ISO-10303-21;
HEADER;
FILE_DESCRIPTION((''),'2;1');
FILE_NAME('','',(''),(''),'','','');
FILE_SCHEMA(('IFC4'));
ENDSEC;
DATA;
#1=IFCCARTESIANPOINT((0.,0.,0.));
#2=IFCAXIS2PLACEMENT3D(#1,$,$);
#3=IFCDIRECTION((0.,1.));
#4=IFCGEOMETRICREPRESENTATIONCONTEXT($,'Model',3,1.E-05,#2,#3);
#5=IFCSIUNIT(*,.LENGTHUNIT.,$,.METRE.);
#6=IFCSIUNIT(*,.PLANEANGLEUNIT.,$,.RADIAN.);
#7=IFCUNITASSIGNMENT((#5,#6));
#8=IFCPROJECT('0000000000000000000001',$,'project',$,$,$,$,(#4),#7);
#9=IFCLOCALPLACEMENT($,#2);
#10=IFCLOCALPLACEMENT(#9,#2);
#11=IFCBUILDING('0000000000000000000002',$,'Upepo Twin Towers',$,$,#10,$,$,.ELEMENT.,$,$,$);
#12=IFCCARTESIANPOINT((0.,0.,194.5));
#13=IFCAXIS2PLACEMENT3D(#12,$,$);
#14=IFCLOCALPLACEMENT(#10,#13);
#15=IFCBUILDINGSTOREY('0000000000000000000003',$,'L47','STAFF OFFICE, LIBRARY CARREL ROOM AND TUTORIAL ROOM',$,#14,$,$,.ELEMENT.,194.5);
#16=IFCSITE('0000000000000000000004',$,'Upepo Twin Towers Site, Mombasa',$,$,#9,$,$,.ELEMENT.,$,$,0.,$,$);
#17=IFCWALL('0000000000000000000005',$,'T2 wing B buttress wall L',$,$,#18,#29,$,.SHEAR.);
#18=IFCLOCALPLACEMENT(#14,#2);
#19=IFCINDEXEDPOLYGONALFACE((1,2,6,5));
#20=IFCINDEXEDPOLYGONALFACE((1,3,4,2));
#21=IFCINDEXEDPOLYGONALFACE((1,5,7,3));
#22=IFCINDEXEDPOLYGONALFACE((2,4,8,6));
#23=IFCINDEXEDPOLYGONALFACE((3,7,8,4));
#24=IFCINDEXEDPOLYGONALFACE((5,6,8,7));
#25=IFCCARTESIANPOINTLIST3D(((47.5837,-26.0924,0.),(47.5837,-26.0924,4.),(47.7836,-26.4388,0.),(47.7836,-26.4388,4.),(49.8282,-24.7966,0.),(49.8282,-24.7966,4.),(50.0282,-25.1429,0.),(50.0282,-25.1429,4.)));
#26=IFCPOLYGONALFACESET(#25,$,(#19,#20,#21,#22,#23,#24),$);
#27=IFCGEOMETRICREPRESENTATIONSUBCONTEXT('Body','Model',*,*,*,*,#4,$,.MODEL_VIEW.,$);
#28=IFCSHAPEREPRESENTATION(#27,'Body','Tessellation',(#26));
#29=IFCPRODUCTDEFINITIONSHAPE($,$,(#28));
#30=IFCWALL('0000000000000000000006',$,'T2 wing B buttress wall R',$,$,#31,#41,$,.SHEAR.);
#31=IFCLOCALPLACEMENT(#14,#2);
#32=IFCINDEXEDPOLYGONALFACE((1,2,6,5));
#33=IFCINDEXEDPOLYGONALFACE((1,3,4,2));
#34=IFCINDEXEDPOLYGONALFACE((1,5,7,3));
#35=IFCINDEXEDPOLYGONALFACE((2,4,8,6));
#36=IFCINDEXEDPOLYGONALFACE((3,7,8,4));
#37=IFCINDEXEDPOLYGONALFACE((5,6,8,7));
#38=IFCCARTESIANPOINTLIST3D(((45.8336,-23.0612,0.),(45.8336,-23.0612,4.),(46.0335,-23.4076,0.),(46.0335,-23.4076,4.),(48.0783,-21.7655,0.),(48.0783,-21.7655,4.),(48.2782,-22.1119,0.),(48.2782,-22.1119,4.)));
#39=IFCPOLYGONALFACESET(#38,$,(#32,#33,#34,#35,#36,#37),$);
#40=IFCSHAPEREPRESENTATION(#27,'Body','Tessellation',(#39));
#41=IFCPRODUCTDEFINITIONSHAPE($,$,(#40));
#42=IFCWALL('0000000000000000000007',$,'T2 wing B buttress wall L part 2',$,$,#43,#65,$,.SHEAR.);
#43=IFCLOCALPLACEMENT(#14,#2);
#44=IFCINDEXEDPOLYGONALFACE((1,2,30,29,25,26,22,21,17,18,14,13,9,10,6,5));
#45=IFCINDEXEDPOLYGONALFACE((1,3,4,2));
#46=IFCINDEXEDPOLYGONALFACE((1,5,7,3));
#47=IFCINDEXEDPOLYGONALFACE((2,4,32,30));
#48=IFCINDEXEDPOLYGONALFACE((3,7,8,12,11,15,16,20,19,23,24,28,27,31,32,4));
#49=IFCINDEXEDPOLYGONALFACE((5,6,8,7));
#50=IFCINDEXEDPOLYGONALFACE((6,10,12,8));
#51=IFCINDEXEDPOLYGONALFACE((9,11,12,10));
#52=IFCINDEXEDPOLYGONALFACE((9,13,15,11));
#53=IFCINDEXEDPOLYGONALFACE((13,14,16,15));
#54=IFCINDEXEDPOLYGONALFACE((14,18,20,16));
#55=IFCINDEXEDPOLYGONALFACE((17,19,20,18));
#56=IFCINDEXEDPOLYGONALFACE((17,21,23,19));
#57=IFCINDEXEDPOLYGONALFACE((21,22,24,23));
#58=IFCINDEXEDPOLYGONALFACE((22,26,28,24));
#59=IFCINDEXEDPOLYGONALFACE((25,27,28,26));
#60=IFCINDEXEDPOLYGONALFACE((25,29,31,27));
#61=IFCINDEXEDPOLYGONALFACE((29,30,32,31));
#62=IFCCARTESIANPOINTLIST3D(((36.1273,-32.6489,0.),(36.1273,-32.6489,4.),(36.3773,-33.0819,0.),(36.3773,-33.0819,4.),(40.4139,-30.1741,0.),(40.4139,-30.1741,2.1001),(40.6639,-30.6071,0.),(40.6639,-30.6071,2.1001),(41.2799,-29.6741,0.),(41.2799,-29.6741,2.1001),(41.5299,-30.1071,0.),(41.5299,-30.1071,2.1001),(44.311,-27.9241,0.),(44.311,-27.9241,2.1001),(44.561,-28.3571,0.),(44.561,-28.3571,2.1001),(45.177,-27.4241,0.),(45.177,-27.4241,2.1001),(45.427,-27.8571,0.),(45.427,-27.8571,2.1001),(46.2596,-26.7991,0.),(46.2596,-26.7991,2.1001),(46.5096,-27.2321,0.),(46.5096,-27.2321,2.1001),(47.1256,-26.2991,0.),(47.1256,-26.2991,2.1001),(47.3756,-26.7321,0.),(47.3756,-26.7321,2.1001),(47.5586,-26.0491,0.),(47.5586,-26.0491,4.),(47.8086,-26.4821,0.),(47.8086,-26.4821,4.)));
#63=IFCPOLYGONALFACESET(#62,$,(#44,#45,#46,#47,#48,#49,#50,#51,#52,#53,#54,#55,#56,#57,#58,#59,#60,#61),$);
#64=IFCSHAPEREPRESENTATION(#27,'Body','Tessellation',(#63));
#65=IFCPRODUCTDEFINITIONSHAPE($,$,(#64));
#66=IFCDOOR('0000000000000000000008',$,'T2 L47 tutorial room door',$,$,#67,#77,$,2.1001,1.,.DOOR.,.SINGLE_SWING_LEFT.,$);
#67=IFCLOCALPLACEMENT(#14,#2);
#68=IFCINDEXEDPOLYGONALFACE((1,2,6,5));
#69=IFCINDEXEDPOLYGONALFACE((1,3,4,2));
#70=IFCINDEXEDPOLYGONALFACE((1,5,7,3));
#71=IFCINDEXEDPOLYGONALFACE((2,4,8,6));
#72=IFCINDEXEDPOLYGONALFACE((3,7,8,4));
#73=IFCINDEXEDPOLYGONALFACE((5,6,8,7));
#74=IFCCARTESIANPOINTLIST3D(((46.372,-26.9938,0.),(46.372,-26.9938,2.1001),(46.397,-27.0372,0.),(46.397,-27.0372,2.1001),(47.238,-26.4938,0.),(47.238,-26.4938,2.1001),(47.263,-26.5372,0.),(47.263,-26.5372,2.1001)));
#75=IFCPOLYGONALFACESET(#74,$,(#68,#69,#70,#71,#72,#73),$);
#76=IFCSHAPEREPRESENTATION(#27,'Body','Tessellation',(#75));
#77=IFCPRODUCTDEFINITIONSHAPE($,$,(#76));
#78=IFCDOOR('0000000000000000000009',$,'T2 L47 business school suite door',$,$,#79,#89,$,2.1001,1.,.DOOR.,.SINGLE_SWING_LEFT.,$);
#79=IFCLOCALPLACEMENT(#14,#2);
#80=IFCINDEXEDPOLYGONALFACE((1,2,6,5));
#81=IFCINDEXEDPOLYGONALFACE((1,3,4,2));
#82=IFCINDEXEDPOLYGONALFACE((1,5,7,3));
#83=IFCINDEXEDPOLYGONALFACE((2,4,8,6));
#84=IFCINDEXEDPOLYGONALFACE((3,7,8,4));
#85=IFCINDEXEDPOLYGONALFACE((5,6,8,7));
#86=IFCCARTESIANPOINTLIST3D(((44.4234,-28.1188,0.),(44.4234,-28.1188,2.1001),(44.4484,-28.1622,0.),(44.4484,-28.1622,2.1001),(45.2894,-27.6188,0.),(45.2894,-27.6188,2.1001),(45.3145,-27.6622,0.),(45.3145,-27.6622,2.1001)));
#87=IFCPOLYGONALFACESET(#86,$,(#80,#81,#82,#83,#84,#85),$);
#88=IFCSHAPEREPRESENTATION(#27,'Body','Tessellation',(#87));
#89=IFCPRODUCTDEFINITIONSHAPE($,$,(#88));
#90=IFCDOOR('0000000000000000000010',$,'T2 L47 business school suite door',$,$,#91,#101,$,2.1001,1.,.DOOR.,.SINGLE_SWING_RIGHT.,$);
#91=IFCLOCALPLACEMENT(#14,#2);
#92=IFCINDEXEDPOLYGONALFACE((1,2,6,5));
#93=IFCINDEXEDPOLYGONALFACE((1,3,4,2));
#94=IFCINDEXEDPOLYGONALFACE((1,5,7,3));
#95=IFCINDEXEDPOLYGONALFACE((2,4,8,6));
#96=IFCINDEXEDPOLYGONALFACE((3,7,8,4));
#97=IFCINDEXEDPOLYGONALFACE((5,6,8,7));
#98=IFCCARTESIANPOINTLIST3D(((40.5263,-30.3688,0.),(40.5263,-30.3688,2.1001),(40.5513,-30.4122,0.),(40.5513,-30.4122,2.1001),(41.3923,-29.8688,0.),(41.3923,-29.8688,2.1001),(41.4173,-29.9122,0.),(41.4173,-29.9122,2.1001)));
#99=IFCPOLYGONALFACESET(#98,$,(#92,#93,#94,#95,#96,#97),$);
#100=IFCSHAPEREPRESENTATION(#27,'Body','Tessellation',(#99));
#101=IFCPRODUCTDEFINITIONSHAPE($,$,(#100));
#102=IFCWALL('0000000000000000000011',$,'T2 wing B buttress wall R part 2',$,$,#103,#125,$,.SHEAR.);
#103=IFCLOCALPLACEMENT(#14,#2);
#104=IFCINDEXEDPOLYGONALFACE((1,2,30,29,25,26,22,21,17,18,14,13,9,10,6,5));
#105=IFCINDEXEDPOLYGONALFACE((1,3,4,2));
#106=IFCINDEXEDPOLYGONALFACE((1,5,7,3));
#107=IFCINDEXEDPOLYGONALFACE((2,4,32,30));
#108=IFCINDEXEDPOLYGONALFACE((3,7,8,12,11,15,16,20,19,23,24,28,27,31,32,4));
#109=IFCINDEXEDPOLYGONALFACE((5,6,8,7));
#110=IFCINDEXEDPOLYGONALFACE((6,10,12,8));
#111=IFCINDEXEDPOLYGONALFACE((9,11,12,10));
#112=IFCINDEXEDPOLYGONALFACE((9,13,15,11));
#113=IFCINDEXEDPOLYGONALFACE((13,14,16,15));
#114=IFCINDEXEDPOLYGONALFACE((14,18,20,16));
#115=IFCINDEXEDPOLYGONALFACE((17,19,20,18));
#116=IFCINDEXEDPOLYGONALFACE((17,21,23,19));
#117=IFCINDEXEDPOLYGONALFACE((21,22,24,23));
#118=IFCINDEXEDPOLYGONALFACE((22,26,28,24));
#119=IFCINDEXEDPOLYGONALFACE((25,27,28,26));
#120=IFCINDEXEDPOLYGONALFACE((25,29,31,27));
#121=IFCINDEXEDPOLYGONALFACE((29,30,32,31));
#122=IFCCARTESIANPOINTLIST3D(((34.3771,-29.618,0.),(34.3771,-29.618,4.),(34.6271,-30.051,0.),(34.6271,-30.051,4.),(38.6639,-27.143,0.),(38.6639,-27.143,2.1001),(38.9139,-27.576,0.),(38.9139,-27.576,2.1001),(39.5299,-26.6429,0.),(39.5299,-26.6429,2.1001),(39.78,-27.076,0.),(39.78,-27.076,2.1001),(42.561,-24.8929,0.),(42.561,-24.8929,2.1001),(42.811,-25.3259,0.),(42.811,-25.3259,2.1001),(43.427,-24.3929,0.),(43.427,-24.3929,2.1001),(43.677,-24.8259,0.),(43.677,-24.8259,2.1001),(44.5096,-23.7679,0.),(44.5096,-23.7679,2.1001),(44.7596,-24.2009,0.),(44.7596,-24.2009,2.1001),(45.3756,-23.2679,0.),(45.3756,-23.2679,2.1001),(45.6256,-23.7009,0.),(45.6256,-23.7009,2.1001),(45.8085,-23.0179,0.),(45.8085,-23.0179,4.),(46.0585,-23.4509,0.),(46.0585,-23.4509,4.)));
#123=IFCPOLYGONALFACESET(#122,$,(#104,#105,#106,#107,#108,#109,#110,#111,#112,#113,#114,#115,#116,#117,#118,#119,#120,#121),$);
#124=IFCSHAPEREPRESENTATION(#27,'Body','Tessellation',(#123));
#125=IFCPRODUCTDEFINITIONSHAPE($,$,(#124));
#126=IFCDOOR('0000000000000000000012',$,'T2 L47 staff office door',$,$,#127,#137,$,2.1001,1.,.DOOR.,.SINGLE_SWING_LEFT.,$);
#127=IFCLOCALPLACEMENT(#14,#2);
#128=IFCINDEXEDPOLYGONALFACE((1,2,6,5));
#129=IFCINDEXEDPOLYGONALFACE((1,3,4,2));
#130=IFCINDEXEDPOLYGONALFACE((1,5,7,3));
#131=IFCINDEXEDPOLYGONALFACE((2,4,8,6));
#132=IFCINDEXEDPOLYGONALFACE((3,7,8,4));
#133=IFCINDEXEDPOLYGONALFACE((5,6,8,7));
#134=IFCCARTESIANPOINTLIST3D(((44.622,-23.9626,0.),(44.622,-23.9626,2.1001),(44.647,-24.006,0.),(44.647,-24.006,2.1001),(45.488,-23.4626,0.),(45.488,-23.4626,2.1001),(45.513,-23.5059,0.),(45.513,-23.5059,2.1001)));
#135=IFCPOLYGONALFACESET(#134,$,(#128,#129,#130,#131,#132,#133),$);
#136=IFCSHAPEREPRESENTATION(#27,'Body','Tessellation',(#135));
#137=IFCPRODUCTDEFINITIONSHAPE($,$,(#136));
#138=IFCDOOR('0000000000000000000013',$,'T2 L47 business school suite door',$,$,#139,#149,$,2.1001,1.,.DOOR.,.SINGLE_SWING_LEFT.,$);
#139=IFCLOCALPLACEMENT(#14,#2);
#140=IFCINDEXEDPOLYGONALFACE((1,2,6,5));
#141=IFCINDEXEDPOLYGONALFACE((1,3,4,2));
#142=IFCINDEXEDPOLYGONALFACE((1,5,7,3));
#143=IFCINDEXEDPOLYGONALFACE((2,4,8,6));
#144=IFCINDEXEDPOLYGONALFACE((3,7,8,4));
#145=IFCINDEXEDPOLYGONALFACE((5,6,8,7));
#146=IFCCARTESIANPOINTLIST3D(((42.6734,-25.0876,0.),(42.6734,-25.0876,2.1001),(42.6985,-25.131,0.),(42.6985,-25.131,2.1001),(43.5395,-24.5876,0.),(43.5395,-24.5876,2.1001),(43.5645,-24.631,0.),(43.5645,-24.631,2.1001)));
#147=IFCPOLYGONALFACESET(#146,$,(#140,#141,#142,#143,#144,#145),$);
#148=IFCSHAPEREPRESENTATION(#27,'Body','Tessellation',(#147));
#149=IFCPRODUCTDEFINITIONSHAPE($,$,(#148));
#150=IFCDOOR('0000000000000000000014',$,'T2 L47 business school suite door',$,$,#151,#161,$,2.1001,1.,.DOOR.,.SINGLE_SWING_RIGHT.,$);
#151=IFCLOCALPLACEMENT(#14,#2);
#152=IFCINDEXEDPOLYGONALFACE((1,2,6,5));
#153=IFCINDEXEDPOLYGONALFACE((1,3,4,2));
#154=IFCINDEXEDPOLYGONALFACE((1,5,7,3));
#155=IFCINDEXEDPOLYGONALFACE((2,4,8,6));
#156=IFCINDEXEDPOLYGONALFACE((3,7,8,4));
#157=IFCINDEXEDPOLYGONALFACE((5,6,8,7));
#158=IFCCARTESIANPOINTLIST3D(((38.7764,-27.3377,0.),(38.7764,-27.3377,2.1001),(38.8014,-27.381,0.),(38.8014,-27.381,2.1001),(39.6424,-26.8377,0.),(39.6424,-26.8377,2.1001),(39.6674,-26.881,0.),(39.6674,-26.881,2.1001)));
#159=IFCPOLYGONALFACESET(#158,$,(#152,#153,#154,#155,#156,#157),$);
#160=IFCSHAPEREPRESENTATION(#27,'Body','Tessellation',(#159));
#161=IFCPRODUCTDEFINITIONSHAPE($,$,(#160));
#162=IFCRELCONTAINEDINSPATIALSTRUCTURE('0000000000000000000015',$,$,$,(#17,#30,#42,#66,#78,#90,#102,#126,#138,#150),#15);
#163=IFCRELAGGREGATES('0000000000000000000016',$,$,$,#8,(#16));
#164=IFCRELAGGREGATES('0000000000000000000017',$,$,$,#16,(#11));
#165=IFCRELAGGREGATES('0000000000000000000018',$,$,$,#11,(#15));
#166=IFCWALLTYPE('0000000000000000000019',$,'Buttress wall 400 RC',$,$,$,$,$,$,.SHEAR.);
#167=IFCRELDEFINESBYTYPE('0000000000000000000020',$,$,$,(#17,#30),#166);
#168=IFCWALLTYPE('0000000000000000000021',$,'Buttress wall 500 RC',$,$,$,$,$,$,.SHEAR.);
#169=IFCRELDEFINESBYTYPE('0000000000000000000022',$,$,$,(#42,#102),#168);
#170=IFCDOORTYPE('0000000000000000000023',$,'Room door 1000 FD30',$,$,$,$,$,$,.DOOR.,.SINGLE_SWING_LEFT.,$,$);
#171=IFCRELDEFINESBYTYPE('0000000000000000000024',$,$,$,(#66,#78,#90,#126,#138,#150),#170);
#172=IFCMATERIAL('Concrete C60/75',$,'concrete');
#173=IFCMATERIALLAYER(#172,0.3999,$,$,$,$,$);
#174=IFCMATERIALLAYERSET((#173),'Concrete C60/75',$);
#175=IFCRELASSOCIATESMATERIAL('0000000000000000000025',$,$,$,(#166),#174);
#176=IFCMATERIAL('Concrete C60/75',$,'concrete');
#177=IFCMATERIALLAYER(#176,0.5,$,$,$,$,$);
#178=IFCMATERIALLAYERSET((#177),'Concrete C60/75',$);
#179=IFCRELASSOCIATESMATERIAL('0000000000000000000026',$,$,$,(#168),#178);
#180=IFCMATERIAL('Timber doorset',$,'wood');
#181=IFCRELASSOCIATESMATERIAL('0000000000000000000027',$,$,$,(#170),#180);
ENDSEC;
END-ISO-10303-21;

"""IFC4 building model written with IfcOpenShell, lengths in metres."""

from ifc_helpers import new_model, si_unit, direction, frame, frame_2d, origin, place, context, subcontext, project, spatial, rectangle, extrude, material, layer, layer_set, type_object, element, fill, save


model = new_model("IFC4")

# Units and contexts
model_context = context("Model", 3, precision=1e-05, world=origin(), true_north=direction((0.0, 1.0)))
body_context = subcontext(model_context, "Body", "Model", "MODEL_VIEW")
ifc_project = project(units=[si_unit("LENGTHUNIT", "METRE"), si_unit("PLANEANGLEUNIT", "RADIAN")], contexts=[model_context])

# Site, building, storey
site_placement = place(None, origin())
site = spatial("IfcSite", under=ifc_project, at=site_placement, Name="Upepo Twin Towers Site, Mombasa", CompositionType="ELEMENT", RefElevation=0.0)
building_placement = place(site_placement, origin())
building = spatial("IfcBuilding", under=site, at=building_placement, Name="Upepo Twin Towers", CompositionType="ELEMENT")
storey_placement = place(building_placement, frame((0.0, 0.0, 194.5)))
storey = spatial("IfcBuildingStorey", under=building, at=storey_placement, Name="L47", Description="STAFF OFFICE, LIBRARY CARREL ROOM AND TUTORIAL ROOM", CompositionType="ELEMENT", Elevation=194.5)

# Walls
ifc_material_1 = material(Name="Concrete C60/75", Category="concrete")
ifc_layer_1 = layer(ifc_material_1, 0.3999)
ifc_layer_set_1 = layer_set([ifc_layer_1], Name="Concrete C60/75")
wall_type_1 = type_object("IfcWallType", Name="Buttress wall 400 RC", PredefinedType="SHEAR", material=ifc_layer_set_1)
for number, where, z_axis, x_axis, name in (
    (1, (49.9282, -24.9697, 0.0), (0.0, 0.0, 1.0), (-0.866032, -0.499989, 0.0), "T2 wing B buttress wall L"),
    (2, (48.1782, -21.9387, 0.0), (0.0, 0.0, 1.0), (-0.866073, -0.499918, 0.0), "T2 wing B buttress wall R"),
):
    element("IfcWall", number, at=place(storey_placement, frame(where, z_axis=z_axis, x_axis=x_axis)), inside=storey, type_object=wall_type_1, Name=name, PredefinedType="SHEAR", context=body_context, shape_type="SweptSolid", body=[
        extrude(rectangle(XDim=2.5918, YDim=0.3999, at=frame_2d((1.2959, 0.0))), origin(), (0.0, 0.0, 1.0), 4.0),
    ])

# Walls, openings, doors
ifc_material_2 = material(Name="Concrete C60/75", Category="concrete")
ifc_layer_2 = layer(ifc_material_2, 0.5)
ifc_layer_set_2 = layer_set([ifc_layer_2], Name="Concrete C60/75")
wall_type_2 = type_object("IfcWallType", Name="Buttress wall 500 RC", PredefinedType="SHEAR", material=ifc_layer_set_2)
wall_1_placement = place(storey_placement, frame((47.6836, -26.2656, 0.0), z_axis=(0.0, 0.0, 1.0), x_axis=(-0.866028, -0.499996, 0.0)))
wall_1 = element("IfcWall", 3, at=wall_1_placement, inside=storey, type_object=wall_type_2, Name="T2 wing B buttress wall L part 2", PredefinedType="SHEAR", context=body_context, shape_type="SweptSolid", body=[
    extrude(rectangle(XDim=13.1997, YDim=0.5, at=frame_2d((6.5999, 0.0))), origin(), (0.0, 0.0, 1.0), 4.0),
])
opening_1_placement = place(wall_1_placement, frame((0.5, 0.0, 0.0)))
opening_1 = element("IfcOpeningElement", 4, at=opening_1_placement, cuts=wall_1, PredefinedType="OPENING", context=body_context, shape_type="SweptSolid", body=[
    extrude(rectangle(XDim=1.0, YDim=2.1001, at=frame_2d((0.5, 1.05))), frame((0.0, 0.26, 0.0), z_axis=(0.0, -1.0, 0.0), x_axis=(1.0, 0.0, 0.0)), (0.0, 0.0, 1.0), 0.52),
])
opening_2_placement = place(wall_1_placement, frame((2.75, 0.0, 0.0)))
opening_2 = element("IfcOpeningElement", 5, at=opening_2_placement, cuts=wall_1, PredefinedType="OPENING", context=body_context, shape_type="SweptSolid", body=[
    extrude(rectangle(XDim=1.0, YDim=2.1001, at=frame_2d((0.5, 1.05))), frame((0.0, 0.26, 0.0), z_axis=(0.0, -1.0, 0.0), x_axis=(1.0, 0.0, 0.0)), (0.0, 0.0, 1.0), 0.52),
])
opening_3_placement = place(wall_1_placement, frame((7.25, 0.0, 0.0)))
opening_3 = element("IfcOpeningElement", 6, at=opening_3_placement, cuts=wall_1, PredefinedType="OPENING", context=body_context, shape_type="SweptSolid", body=[
    extrude(rectangle(XDim=1.0, YDim=2.1001, at=frame_2d((0.5, 1.05))), frame((0.0, 0.26, 0.0), z_axis=(0.0, -1.0, 0.0), x_axis=(1.0, 0.0, 0.0)), (0.0, 0.0, 1.0), 0.52),
])
ifc_material_3 = material(Name="Timber doorset", Category="wood")
door_type_1 = type_object("IfcDoorType", Name="Room door 1000 FD30", OperationType="SINGLE_SWING_LEFT", PredefinedType="DOOR", material=ifc_material_3)
door_1_placement = place(opening_1_placement, origin())
door_1 = element("IfcDoor", 7, at=door_1_placement, inside=storey, type_object=door_type_1, Name="T2 L47 tutorial room door", OperationType="SINGLE_SWING_LEFT", OverallHeight=2.1001, OverallWidth=1.0, PredefinedType="DOOR", context=body_context, shape_type="SweptSolid", body=[
    extrude(rectangle(XDim=1.0, YDim=2.1001, at=frame_2d((0.5, 1.05))), frame((0.0, 0.0249, 0.0), z_axis=(0.0, -1.0, 0.0), x_axis=(1.0, 0.0, 0.0)), (0.0, 0.0, 1.0), 0.05),
])
fill(opening_1, door_1)
door_2_placement = place(opening_2_placement, origin())
door_2 = element("IfcDoor", 8, at=door_2_placement, inside=storey, type_object=door_type_1, Name="T2 L47 business school suite door", OperationType="SINGLE_SWING_LEFT", OverallHeight=2.1001, OverallWidth=1.0, PredefinedType="DOOR", context=body_context, shape_type="SweptSolid", body=[
    extrude(rectangle(XDim=1.0, YDim=2.1001, at=frame_2d((0.5, 1.05))), frame((0.0, 0.0249, 0.0), z_axis=(0.0, -1.0, 0.0), x_axis=(1.0, 0.0, 0.0)), (0.0, 0.0, 1.0), 0.05),
])
fill(opening_2, door_2)
door_3_placement = place(opening_3_placement, origin())
door_3 = element("IfcDoor", 9, at=door_3_placement, inside=storey, type_object=door_type_1, Name="T2 L47 business school suite door", OperationType="SINGLE_SWING_RIGHT", OverallHeight=2.1001, OverallWidth=1.0, PredefinedType="DOOR", context=body_context, shape_type="SweptSolid", body=[
    extrude(rectangle(XDim=1.0, YDim=2.1001, at=frame_2d((0.5, 1.05))), frame((0.0, 0.0249, 0.0), z_axis=(0.0, -1.0, 0.0), x_axis=(1.0, 0.0, 0.0)), (0.0, 0.0, 1.0), 0.05),
])
fill(opening_3, door_3)
wall_2_placement = place(storey_placement, frame((45.9336, -23.2344, 0.0), z_axis=(0.0, 0.0, 1.0), x_axis=(-0.86602, -0.50001, 0.0)))
wall_2 = element("IfcWall", 10, at=wall_2_placement, inside=storey, type_object=wall_type_2, Name="T2 wing B buttress wall R part 2", PredefinedType="SHEAR", context=body_context, shape_type="SweptSolid", body=[
    extrude(rectangle(XDim=13.2, YDim=0.5, at=frame_2d((6.6001, 0.0))), origin(), (0.0, 0.0, 1.0), 4.0),
])
opening_4_placement = place(wall_2_placement, frame((0.5, 0.0, 0.0)))
opening_4 = element("IfcOpeningElement", 11, at=opening_4_placement, cuts=wall_2, PredefinedType="OPENING", context=body_context, shape_type="SweptSolid", body=[
    extrude(rectangle(XDim=1.0, YDim=2.1001, at=frame_2d((0.5, 1.05))), frame((0.0, 0.26, 0.0), z_axis=(0.0, -1.0, 0.0), x_axis=(1.0, 0.0, 0.0)), (0.0, 0.0, 1.0), 0.52),
])
opening_5_placement = place(wall_2_placement, frame((2.75, 0.0, 0.0)))
opening_5 = element("IfcOpeningElement", 12, at=opening_5_placement, cuts=wall_2, PredefinedType="OPENING", context=body_context, shape_type="SweptSolid", body=[
    extrude(rectangle(XDim=1.0, YDim=2.1001, at=frame_2d((0.5, 1.05))), frame((0.0, 0.26, 0.0), z_axis=(0.0, -1.0, 0.0), x_axis=(1.0, 0.0, 0.0)), (0.0, 0.0, 1.0), 0.52),
])
opening_6_placement = place(wall_2_placement, frame((7.25, 0.0, 0.0)))
opening_6 = element("IfcOpeningElement", 13, at=opening_6_placement, cuts=wall_2, PredefinedType="OPENING", context=body_context, shape_type="SweptSolid", body=[
    extrude(rectangle(XDim=1.0, YDim=2.1001, at=frame_2d((0.5, 1.05))), frame((0.0, 0.26, 0.0), z_axis=(0.0, -1.0, 0.0), x_axis=(1.0, 0.0, 0.0)), (0.0, 0.0, 1.0), 0.52),
])
door_4_placement = place(opening_4_placement, origin())
door_4 = element("IfcDoor", 14, at=door_4_placement, inside=storey, type_object=door_type_1, Name="T2 L47 staff office door", OperationType="SINGLE_SWING_LEFT", OverallHeight=2.1001, OverallWidth=1.0, PredefinedType="DOOR", context=body_context, shape_type="SweptSolid", body=[
    extrude(rectangle(XDim=1.0, YDim=2.1001, at=frame_2d((0.5, 1.05))), frame((0.0, 0.0249, 0.0), z_axis=(0.0, -1.0, 0.0), x_axis=(1.0, 0.0, 0.0)), (0.0, 0.0, 1.0), 0.05),
])
fill(opening_4, door_4)
door_5_placement = place(opening_5_placement, origin())
door_5 = element("IfcDoor", 15, at=door_5_placement, inside=storey, type_object=door_type_1, Name="T2 L47 business school suite door", OperationType="SINGLE_SWING_LEFT", OverallHeight=2.1001, OverallWidth=1.0, PredefinedType="DOOR", context=body_context, shape_type="SweptSolid", body=[
    extrude(rectangle(XDim=1.0, YDim=2.1001, at=frame_2d((0.5, 1.05))), frame((0.0, 0.0249, 0.0), z_axis=(0.0, -1.0, 0.0), x_axis=(1.0, 0.0, 0.0)), (0.0, 0.0, 1.0), 0.05),
])
fill(opening_5, door_5)
door_6_placement = place(opening_6_placement, origin())
door_6 = element("IfcDoor", 16, at=door_6_placement, inside=storey, type_object=door_type_1, Name="T2 L47 business school suite door", OperationType="SINGLE_SWING_RIGHT", OverallHeight=2.1001, OverallWidth=1.0, PredefinedType="DOOR", context=body_context, shape_type="SweptSolid", body=[
    extrude(rectangle(XDim=1.0, YDim=2.1001, at=frame_2d((0.5, 1.05))), frame((0.0, 0.0249, 0.0), z_axis=(0.0, -1.0, 0.0), x_axis=(1.0, 0.0, 0.0)), (0.0, 0.0, 1.0), 0.05),
])
fill(opening_6, door_6)

save(model, "model.ifc")
